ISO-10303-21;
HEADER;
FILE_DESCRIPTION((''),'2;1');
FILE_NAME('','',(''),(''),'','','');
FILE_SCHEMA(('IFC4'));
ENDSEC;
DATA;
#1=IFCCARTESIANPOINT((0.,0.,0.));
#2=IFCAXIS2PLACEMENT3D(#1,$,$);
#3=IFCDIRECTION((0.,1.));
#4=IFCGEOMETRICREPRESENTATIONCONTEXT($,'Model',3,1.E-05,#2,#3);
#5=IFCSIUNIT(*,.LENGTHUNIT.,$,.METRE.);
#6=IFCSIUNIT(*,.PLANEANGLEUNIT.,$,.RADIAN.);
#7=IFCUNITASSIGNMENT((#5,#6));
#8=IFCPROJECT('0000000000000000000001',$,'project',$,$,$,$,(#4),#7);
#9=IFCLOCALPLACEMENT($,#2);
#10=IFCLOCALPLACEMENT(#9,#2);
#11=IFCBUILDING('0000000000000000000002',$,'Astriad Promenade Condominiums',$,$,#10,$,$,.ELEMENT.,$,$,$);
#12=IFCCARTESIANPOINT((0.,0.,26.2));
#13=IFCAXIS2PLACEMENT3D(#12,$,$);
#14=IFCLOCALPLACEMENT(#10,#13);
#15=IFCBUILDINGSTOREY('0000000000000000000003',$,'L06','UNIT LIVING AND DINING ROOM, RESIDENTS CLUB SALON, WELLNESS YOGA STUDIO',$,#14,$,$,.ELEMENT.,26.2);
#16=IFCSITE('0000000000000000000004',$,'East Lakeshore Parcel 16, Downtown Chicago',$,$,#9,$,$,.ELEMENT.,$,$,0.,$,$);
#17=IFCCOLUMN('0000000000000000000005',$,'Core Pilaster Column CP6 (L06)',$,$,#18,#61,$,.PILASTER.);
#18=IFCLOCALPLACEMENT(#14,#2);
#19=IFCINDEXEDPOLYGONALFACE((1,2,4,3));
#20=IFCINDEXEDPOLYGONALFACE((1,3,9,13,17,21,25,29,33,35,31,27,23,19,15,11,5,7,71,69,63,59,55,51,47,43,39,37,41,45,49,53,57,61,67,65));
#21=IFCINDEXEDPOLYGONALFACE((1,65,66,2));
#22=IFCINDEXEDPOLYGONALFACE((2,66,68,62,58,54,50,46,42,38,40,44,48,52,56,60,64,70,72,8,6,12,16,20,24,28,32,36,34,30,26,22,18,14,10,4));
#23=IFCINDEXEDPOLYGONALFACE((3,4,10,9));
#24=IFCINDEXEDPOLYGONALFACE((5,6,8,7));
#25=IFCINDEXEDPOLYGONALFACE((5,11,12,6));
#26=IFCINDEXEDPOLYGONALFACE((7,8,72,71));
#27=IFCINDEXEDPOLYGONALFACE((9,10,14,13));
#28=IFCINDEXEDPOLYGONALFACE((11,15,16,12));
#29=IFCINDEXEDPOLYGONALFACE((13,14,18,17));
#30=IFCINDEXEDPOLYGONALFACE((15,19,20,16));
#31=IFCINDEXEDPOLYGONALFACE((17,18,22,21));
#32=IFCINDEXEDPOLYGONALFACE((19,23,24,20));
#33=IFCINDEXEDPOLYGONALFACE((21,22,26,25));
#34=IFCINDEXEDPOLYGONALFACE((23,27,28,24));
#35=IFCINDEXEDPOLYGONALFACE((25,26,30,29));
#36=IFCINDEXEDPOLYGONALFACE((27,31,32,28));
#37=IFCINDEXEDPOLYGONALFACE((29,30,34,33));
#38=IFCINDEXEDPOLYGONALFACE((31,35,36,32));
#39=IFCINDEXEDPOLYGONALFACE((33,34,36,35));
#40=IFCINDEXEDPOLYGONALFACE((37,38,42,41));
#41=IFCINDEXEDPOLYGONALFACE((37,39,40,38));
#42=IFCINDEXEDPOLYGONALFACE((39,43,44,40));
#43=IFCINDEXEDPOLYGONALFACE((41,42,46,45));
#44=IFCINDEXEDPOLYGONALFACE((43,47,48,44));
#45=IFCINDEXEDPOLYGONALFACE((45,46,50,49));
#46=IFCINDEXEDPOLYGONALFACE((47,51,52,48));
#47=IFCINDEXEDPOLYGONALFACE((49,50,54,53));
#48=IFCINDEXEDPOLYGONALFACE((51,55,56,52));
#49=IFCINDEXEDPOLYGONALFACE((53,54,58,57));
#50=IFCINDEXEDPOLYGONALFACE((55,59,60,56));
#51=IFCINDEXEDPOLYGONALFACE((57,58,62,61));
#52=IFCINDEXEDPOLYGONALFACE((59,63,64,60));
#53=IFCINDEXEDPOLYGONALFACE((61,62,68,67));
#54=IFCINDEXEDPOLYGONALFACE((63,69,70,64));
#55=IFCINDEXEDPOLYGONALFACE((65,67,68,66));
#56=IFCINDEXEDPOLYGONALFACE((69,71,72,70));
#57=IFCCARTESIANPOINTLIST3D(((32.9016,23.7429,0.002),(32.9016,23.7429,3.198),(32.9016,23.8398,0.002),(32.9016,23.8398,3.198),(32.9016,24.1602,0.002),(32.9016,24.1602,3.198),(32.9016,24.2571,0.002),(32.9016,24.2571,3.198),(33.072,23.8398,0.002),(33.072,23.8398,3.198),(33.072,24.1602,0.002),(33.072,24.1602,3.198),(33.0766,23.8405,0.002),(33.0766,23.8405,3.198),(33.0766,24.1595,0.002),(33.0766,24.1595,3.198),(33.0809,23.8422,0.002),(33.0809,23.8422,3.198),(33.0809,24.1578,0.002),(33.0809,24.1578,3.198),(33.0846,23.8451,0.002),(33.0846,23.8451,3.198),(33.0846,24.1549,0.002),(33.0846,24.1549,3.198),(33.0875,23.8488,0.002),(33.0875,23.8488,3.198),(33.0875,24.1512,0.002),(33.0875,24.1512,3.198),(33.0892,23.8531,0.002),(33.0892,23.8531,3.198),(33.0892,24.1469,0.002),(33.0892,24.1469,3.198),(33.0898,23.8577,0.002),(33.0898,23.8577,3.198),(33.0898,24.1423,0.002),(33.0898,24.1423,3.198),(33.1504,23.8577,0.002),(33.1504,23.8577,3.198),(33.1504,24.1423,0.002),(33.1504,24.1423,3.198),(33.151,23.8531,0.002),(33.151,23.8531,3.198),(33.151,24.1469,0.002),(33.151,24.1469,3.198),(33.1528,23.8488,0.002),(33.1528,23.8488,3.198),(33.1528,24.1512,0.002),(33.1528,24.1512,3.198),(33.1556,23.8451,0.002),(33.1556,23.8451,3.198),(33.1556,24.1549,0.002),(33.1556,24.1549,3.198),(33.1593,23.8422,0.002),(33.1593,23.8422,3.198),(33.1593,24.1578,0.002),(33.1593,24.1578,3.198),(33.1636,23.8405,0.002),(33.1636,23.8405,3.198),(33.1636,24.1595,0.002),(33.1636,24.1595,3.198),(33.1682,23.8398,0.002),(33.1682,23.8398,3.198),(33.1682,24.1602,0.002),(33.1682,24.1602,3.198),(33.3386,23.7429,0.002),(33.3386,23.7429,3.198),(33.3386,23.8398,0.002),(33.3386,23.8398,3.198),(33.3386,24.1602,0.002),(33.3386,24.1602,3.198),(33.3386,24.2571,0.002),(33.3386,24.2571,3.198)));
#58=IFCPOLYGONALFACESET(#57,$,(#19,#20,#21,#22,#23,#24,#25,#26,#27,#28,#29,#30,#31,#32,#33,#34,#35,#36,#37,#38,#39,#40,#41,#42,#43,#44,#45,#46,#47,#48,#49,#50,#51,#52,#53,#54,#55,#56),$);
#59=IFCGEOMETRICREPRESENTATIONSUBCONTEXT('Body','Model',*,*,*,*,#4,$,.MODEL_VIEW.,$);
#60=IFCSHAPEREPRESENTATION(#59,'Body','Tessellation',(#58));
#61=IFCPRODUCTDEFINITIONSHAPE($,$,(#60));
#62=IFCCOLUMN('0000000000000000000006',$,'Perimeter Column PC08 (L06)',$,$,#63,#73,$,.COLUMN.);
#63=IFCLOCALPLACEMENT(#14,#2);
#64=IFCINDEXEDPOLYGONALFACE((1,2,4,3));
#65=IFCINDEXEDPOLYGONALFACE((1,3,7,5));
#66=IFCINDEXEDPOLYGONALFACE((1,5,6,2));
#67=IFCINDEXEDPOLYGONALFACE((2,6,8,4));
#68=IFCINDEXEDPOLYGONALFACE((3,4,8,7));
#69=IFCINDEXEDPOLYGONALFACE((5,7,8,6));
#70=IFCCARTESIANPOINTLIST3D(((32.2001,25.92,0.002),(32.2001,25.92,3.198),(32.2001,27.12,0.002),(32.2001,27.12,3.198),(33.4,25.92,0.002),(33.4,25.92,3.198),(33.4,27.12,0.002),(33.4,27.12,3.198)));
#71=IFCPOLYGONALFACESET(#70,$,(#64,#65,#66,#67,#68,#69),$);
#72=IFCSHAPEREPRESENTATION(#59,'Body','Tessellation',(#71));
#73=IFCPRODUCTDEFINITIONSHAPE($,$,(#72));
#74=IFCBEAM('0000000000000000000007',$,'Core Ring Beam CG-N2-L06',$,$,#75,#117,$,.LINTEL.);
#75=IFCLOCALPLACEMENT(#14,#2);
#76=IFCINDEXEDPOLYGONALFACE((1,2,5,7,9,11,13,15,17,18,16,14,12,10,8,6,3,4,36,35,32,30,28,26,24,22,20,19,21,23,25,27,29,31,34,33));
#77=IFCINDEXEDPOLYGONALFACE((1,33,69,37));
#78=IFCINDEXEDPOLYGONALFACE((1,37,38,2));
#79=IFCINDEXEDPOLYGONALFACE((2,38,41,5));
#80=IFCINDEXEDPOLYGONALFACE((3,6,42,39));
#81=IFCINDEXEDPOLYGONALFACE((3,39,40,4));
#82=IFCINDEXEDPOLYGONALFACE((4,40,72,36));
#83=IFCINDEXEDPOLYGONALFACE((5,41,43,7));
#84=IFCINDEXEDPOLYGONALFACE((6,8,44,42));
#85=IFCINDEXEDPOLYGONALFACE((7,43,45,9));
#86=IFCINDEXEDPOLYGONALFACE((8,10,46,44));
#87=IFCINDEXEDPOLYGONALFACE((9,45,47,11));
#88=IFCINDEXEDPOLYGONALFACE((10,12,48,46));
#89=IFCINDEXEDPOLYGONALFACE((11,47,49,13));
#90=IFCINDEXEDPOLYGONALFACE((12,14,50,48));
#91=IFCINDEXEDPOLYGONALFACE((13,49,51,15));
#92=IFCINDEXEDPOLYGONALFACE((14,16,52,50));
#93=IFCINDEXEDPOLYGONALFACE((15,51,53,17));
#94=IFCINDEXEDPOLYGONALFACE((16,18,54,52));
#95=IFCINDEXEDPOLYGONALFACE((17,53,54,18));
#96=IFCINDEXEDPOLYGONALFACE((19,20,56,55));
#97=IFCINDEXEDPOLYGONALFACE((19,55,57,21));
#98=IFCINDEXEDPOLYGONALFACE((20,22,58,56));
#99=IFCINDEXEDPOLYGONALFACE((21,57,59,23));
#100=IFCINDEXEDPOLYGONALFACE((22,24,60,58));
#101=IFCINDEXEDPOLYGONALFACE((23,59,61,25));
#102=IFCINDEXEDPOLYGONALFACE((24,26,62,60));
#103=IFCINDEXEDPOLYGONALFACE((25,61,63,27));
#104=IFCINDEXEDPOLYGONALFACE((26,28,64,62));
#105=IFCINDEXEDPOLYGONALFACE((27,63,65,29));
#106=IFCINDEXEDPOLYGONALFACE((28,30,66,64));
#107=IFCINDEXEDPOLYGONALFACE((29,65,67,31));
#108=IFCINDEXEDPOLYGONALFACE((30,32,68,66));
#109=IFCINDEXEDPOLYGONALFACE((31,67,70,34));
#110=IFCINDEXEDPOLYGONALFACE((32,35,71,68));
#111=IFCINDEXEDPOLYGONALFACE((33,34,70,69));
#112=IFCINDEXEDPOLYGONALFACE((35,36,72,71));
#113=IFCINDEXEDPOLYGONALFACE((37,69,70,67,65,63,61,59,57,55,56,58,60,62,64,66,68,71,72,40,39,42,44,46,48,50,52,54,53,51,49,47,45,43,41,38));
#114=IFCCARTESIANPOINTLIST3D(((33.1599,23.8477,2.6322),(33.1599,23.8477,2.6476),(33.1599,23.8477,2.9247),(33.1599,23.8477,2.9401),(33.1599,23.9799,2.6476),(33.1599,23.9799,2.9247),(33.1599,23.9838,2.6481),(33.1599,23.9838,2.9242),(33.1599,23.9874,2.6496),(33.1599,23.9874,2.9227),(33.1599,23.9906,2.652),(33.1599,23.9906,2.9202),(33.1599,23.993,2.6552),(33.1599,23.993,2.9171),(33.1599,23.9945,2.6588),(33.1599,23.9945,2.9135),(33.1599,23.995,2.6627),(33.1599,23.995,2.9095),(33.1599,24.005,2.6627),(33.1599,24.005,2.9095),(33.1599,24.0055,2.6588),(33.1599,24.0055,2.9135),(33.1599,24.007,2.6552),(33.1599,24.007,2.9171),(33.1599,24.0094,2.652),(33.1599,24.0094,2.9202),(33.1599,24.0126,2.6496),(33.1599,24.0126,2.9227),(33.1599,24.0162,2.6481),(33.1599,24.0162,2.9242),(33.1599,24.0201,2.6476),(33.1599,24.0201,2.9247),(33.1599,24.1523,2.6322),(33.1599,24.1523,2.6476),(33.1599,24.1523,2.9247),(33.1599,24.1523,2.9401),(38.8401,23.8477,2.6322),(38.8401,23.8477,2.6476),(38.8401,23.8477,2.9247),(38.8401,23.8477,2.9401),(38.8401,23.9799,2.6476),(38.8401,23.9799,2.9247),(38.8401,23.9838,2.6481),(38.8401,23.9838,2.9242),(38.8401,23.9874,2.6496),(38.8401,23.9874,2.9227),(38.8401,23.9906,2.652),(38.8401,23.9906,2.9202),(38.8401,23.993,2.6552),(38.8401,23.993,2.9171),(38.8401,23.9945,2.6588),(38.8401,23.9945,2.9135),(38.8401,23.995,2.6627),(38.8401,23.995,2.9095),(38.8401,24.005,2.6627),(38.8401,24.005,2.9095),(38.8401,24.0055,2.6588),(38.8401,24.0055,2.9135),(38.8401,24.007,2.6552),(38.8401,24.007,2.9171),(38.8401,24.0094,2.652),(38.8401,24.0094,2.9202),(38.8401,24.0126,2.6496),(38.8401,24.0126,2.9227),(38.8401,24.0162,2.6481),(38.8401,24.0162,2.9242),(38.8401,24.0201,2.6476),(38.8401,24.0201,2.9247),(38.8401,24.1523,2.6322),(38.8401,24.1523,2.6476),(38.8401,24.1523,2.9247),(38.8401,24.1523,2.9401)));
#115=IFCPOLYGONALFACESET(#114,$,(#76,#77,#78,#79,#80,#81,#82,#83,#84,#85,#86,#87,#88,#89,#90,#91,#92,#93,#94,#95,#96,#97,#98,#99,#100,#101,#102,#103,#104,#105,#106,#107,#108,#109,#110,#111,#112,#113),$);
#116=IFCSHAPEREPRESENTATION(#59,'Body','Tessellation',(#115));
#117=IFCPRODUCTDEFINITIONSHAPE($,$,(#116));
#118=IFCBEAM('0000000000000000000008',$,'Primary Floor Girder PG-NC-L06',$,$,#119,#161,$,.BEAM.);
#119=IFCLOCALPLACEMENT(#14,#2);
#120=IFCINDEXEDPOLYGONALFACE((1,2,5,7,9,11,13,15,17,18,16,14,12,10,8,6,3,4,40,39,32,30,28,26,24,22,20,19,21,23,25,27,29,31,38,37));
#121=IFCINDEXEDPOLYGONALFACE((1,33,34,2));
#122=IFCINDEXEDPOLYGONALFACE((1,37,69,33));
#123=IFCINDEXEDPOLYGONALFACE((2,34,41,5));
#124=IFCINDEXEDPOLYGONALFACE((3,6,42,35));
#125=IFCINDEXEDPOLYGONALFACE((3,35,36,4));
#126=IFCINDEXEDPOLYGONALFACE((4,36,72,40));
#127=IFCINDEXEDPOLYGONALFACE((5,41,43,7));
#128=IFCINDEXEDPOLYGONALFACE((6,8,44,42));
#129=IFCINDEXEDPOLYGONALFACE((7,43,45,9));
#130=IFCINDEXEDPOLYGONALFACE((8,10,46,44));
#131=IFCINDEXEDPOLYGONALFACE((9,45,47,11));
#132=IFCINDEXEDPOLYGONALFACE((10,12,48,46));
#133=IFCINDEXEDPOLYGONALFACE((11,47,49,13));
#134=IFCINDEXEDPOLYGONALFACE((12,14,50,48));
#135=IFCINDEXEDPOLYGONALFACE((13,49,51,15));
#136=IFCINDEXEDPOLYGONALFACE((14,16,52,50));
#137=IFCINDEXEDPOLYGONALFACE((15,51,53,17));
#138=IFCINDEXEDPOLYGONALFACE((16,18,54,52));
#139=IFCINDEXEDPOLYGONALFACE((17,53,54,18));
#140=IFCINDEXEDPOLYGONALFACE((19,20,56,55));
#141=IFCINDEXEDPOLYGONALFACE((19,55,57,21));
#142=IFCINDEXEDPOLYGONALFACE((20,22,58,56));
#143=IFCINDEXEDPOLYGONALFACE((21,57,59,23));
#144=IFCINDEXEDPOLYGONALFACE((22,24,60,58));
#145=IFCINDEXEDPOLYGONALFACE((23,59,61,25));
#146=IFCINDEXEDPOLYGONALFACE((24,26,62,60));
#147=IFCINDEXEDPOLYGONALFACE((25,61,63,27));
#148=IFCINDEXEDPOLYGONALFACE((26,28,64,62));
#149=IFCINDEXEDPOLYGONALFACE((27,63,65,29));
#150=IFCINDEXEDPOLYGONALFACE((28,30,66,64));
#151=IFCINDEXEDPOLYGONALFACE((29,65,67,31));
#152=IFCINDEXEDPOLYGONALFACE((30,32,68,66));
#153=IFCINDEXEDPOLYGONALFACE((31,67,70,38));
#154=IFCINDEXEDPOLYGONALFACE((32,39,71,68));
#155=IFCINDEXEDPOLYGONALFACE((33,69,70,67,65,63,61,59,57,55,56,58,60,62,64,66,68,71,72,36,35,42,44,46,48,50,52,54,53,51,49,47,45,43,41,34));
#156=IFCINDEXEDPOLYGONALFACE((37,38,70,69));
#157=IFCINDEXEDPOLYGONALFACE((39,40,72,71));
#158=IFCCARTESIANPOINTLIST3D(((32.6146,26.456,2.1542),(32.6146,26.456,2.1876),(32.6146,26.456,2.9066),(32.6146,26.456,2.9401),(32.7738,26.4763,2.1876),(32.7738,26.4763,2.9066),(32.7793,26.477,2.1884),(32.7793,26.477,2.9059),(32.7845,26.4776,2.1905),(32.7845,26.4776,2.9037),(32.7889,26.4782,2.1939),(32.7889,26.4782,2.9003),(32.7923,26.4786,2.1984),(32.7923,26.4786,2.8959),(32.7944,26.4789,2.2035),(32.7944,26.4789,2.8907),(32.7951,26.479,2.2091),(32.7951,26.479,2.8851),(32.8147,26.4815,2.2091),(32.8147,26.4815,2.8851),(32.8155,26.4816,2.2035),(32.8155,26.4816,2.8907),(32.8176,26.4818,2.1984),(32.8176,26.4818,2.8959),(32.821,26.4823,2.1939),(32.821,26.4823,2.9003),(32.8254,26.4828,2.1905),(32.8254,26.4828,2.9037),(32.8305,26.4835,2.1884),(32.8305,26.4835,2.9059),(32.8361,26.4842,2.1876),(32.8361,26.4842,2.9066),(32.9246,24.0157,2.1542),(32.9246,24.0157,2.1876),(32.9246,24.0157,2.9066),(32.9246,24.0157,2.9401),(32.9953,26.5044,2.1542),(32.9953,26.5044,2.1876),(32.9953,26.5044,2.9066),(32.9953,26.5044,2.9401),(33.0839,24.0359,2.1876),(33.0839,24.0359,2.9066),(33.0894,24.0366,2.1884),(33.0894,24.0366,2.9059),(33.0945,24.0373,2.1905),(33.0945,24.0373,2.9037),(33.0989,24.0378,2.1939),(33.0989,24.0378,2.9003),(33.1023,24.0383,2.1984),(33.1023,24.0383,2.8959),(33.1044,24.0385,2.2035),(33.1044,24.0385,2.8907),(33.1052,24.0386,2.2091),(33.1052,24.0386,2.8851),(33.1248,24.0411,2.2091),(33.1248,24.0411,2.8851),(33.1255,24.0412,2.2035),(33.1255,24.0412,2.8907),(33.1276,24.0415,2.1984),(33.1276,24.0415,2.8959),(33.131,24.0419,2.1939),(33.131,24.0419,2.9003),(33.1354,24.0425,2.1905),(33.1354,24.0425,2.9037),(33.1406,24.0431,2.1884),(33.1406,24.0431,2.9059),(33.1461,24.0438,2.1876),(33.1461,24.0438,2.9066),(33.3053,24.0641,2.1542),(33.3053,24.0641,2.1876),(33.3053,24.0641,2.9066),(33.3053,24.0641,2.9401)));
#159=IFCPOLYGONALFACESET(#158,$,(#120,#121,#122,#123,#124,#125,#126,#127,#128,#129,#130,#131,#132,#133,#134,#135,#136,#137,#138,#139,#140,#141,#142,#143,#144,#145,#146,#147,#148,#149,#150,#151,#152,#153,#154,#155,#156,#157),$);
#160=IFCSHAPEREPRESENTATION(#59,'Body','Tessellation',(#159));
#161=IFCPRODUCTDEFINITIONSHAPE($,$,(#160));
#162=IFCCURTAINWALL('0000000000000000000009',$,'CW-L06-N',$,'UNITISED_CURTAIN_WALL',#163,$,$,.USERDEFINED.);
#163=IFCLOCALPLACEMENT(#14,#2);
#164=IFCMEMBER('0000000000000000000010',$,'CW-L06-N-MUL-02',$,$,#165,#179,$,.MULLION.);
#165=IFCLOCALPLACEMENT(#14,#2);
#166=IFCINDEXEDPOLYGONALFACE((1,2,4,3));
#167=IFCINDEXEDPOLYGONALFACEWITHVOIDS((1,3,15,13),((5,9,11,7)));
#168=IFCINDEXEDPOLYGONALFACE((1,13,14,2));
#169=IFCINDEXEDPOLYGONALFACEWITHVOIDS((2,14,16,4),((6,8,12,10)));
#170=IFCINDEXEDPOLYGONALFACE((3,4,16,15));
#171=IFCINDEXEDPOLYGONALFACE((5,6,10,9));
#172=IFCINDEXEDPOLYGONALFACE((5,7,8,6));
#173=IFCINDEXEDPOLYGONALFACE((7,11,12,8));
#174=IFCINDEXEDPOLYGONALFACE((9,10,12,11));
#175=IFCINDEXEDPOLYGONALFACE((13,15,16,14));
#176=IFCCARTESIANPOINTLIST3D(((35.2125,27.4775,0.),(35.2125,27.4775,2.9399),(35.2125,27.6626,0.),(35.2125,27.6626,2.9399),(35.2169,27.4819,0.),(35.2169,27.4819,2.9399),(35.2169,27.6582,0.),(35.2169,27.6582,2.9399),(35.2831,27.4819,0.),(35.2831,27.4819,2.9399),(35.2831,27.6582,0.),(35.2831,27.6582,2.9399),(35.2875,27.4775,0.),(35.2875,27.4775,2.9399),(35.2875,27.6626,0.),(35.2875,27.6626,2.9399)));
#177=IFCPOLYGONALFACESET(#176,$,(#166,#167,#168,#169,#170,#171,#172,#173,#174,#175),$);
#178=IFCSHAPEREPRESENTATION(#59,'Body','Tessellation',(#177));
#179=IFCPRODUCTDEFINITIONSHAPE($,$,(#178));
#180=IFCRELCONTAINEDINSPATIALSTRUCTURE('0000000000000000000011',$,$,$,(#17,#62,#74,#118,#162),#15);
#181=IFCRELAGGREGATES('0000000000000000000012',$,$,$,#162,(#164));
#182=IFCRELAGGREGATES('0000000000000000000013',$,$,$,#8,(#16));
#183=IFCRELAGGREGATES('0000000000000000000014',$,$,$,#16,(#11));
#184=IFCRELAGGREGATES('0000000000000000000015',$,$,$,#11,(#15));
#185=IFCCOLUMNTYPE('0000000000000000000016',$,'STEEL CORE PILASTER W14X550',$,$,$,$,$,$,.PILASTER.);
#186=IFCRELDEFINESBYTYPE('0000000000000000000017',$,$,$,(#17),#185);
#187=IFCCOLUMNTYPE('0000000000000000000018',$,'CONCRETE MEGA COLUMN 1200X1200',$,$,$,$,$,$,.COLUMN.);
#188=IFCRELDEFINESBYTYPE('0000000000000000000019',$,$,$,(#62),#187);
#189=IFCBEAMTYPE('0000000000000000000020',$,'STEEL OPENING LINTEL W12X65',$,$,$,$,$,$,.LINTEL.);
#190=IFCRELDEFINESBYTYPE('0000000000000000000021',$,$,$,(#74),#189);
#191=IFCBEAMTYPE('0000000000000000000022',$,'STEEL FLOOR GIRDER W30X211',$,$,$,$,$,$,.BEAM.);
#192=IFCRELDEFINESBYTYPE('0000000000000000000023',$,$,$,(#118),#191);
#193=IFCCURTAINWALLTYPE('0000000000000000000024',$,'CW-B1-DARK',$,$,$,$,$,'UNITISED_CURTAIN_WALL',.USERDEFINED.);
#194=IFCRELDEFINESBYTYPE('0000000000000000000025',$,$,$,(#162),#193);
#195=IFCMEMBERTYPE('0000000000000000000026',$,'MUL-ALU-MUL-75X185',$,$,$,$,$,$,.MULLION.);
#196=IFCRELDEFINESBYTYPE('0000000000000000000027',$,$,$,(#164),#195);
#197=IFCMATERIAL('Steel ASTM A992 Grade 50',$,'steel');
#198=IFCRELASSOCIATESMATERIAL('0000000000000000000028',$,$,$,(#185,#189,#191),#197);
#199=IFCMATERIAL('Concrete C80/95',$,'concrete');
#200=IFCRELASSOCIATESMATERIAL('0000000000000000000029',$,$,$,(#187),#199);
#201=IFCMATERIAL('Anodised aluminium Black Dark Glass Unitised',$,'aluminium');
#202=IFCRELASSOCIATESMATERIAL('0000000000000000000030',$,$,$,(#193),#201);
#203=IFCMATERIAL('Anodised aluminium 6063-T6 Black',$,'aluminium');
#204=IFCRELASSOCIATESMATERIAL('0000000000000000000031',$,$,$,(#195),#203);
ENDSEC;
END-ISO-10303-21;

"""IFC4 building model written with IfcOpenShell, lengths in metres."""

from ifc_helpers import new_model, si_unit, direction, frame, origin, origin_2d, place, context, subcontext, project, spatial, rectangle, hollow_rectangle, i_section, extrude, source, transform, mapped, material, material_profile, profile_set, type_object, type_shapes, element, aggregate, save


model = new_model("IFC4")

# Units and contexts
model_context = context("Model", 3, precision=1e-05, world=origin(), true_north=direction((0.0, 1.0)))
body_context = subcontext(model_context, "Body", "Model", "MODEL_VIEW")
ifc_project = project(units=[si_unit("LENGTHUNIT", "METRE"), si_unit("PLANEANGLEUNIT", "RADIAN")], contexts=[model_context])

# Site, building, storey
site_placement = place(None, origin())
site = spatial("IfcSite", under=ifc_project, at=site_placement, Name="East Lakeshore Parcel 16, Downtown Chicago", CompositionType="ELEMENT", RefElevation=0.0)
building_placement = place(site_placement, origin())
building = spatial("IfcBuilding", under=site, at=building_placement, Name="Astriad Promenade Condominiums", CompositionType="ELEMENT")
storey_placement = place(building_placement, frame((0.0, 0.0, 26.2)))
storey = spatial("IfcBuildingStorey", under=building, at=storey_placement, Name="L06", Description="UNIT LIVING AND DINING ROOM, RESIDENTS CLUB SALON, WELLNESS YOGA STUDIO", CompositionType="ELEMENT", Elevation=26.2)

# Columns
ifc_material_1 = material(Name="Steel ASTM A992 Grade 50", Category="steel")
ifc_material_profile_1 = material_profile(ifc_material_1, i_section(OverallWidth=0.437, OverallDepth=0.5142, WebThickness=0.0605, FlangeThickness=0.0969, FilletRadius=0.0178, at=origin_2d()), Name="W14X550")
ifc_profile_set_1 = profile_set([ifc_material_profile_1], Name="Steel ASTM A992 Grade 50")
column_type_1 = type_object("IfcColumnType", Name="STEEL CORE PILASTER W14X550", PredefinedType="PILASTER", material=ifc_profile_set_1)
shared_shape_1 = source(origin(), body_context, "Body", "SweptSolid", [
    extrude(i_section(OverallWidth=0.437, OverallDepth=0.5142, WebThickness=0.0605, FlangeThickness=0.0969, FilletRadius=0.0178, at=origin_2d()), origin(), (0.0, 0.0, 1.0), 3.196),
])
type_shapes(column_type_1, [shared_shape_1])
column_1_placement = place(storey_placement, frame((33.1201, 24.0, 0.002), z_axis=(0.0, 0.0, 1.0), x_axis=(1.0, 0.0, 0.0)))
element("IfcColumn", 1, at=column_1_placement, inside=storey, type_object=column_type_1, Name="Core Pilaster Column CP6 (L06)", PredefinedType="PILASTER", context=body_context, shape_type="MappedRepresentation", body=[
    mapped(shared_shape_1, transform((0.0, 0.0, 0.0), scale=1.0)),
])
ifc_material_2 = material(Name="Concrete C80/95", Category="concrete")
ifc_material_profile_2 = material_profile(ifc_material_2, rectangle(XDim=1.2, YDim=1.2, at=origin_2d()), Name="RC-COL-1200X1200")
ifc_profile_set_2 = profile_set([ifc_material_profile_2], Name="Concrete C80/95")
column_type_2 = type_object("IfcColumnType", Name="CONCRETE MEGA COLUMN 1200X1200", PredefinedType="COLUMN", material=ifc_profile_set_2)
shared_shape_2 = source(origin(), body_context, "Body", "SweptSolid", [
    extrude(rectangle(XDim=1.2, YDim=1.2, at=origin_2d()), origin(), (0.0, 0.0, 1.0), 3.196),
])
type_shapes(column_type_2, [shared_shape_2])
column_2_placement = place(storey_placement, frame((32.8, 26.52, 0.002), z_axis=(0.0, 0.0, 1.0), x_axis=(1.0, 0.0, 0.0)))
element("IfcColumn", 2, at=column_2_placement, inside=storey, type_object=column_type_2, Name="Perimeter Column PC08 (L06)", PredefinedType="COLUMN", context=body_context, shape_type="MappedRepresentation", body=[
    mapped(shared_shape_2, transform((0.0, 0.0, 0.0), scale=1.0)),
])

# Beams
ifc_material_profile_3 = material_profile(ifc_material_1, i_section(OverallWidth=0.3047, OverallDepth=0.3079, WebThickness=0.01, FlangeThickness=0.0154, FilletRadius=0.0151, at=origin_2d()), Name="W12X65")
ifc_profile_set_3 = profile_set([ifc_material_profile_3], Name="Steel ASTM A992 Grade 50")
beam_type_1 = type_object("IfcBeamType", Name="STEEL OPENING LINTEL W12X65", PredefinedType="LINTEL", material=ifc_profile_set_3)
shared_shape_3 = source(origin(), body_context, "Body", "SweptSolid", [
    extrude(i_section(OverallWidth=0.3047, OverallDepth=0.3079, WebThickness=0.01, FlangeThickness=0.0154, FilletRadius=0.0151, at=origin_2d()), origin(), (0.0, 0.0, 1.0), 5.6802),
])
type_shapes(beam_type_1, [shared_shape_3])
beam_1_placement = place(storey_placement, frame((33.1599, 24.0, 2.7861), z_axis=(1.0, 0.0, 0.0), x_axis=(0.0, 1.0, 0.0)))
element("IfcBeam", 3, at=beam_1_placement, inside=storey, type_object=beam_type_1, Name="Core Ring Beam CG-N2-L06", PredefinedType="LINTEL", context=body_context, shape_type="MappedRepresentation", body=[
    mapped(shared_shape_3, transform((0.0, 0.0, 0.0), scale=1.0)),
])
ifc_material_profile_4 = material_profile(ifc_material_1, i_section(OverallWidth=0.3838, OverallDepth=0.7859, WebThickness=0.0198, FlangeThickness=0.0334, FilletRadius=0.0215, at=origin_2d()), Name="W30X211")
ifc_profile_set_4 = profile_set([ifc_material_profile_4], Name="Steel ASTM A992 Grade 50")
beam_type_2 = type_object("IfcBeamType", Name="STEEL FLOOR GIRDER W30X211", PredefinedType="BEAM", material=ifc_profile_set_4)
shared_shape_4 = source(origin(), body_context, "Body", "SweptSolid", [
    extrude(i_section(OverallWidth=0.3838, OverallDepth=0.7859, WebThickness=0.0198, FlangeThickness=0.0334, FilletRadius=0.0215, at=origin_2d()), origin(), (0.0, 0.0, 1.0), 2.46),
])
type_shapes(beam_type_2, [shared_shape_4])
beam_2_placement = place(storey_placement, frame((32.8049, 26.4802, 2.5471), z_axis=(0.126038, -0.992025, 0.0), x_axis=(0.992025, 0.126038, 0.0)))
element("IfcBeam", 4, at=beam_2_placement, inside=storey, type_object=beam_type_2, Name="Primary Floor Girder PG-NC-L06", PredefinedType="BEAM", context=body_context, shape_type="MappedRepresentation", body=[
    mapped(shared_shape_4, transform((0.0, 0.0, 0.0), scale=1.0)),
])

# Curtain wall, member
ifc_material_3 = material(Name="Anodised aluminium Black Dark Glass Unitised", Category="aluminium")
curtain_wall_type = type_object("IfcCurtainWallType", Name="CW-B1-DARK", ElementType="UNITISED_CURTAIN_WALL", PredefinedType="USERDEFINED", material=ifc_material_3)
curtain_wall_placement = place(storey_placement, origin())
curtain_wall = element("IfcCurtainWall", 5, at=curtain_wall_placement, inside=storey, type_object=curtain_wall_type, Name="CW-L06-N", ObjectType="UNITISED_CURTAIN_WALL", PredefinedType="USERDEFINED")
ifc_material_4 = material(Name="Anodised aluminium 6063-T6 Black", Category="aluminium")
ifc_material_profile_5 = material_profile(ifc_material_4, hollow_rectangle(XDim=0.075, YDim=0.1851, WallThickness=0.0044, at=origin_2d()), Name="ALU-MUL-75X185")
ifc_profile_set_5 = profile_set([ifc_material_profile_5], Name="Anodised aluminium 6063-T6 Black")
member_type_1 = type_object("IfcMemberType", Name="MUL-ALU-MUL-75X185", PredefinedType="MULLION", material=ifc_profile_set_5)
shared_shape_5 = source(origin(), body_context, "Body", "SweptSolid", [
    extrude(hollow_rectangle(XDim=0.075, YDim=0.1851, WallThickness=0.0044, at=origin_2d()), origin(), (0.0, 0.0, 1.0), 2.9399),
])
type_shapes(member_type_1, [shared_shape_5])
member_1_placement = place(storey_placement, frame((35.25, 27.5701, 0.0), z_axis=(0.0, 0.0, 1.0), x_axis=(1.0, 0.0, 0.0)))
member_1 = element("IfcMember", 6, at=member_1_placement, type_object=member_type_1, Name="CW-L06-N-MUL-02", PredefinedType="MULLION", context=body_context, shape_type="MappedRepresentation", body=[
    mapped(shared_shape_5, transform((0.0, 0.0, 0.0), scale=1.0)),
])
aggregate(curtain_wall, [member_1])

save(model, "model.ifc")
